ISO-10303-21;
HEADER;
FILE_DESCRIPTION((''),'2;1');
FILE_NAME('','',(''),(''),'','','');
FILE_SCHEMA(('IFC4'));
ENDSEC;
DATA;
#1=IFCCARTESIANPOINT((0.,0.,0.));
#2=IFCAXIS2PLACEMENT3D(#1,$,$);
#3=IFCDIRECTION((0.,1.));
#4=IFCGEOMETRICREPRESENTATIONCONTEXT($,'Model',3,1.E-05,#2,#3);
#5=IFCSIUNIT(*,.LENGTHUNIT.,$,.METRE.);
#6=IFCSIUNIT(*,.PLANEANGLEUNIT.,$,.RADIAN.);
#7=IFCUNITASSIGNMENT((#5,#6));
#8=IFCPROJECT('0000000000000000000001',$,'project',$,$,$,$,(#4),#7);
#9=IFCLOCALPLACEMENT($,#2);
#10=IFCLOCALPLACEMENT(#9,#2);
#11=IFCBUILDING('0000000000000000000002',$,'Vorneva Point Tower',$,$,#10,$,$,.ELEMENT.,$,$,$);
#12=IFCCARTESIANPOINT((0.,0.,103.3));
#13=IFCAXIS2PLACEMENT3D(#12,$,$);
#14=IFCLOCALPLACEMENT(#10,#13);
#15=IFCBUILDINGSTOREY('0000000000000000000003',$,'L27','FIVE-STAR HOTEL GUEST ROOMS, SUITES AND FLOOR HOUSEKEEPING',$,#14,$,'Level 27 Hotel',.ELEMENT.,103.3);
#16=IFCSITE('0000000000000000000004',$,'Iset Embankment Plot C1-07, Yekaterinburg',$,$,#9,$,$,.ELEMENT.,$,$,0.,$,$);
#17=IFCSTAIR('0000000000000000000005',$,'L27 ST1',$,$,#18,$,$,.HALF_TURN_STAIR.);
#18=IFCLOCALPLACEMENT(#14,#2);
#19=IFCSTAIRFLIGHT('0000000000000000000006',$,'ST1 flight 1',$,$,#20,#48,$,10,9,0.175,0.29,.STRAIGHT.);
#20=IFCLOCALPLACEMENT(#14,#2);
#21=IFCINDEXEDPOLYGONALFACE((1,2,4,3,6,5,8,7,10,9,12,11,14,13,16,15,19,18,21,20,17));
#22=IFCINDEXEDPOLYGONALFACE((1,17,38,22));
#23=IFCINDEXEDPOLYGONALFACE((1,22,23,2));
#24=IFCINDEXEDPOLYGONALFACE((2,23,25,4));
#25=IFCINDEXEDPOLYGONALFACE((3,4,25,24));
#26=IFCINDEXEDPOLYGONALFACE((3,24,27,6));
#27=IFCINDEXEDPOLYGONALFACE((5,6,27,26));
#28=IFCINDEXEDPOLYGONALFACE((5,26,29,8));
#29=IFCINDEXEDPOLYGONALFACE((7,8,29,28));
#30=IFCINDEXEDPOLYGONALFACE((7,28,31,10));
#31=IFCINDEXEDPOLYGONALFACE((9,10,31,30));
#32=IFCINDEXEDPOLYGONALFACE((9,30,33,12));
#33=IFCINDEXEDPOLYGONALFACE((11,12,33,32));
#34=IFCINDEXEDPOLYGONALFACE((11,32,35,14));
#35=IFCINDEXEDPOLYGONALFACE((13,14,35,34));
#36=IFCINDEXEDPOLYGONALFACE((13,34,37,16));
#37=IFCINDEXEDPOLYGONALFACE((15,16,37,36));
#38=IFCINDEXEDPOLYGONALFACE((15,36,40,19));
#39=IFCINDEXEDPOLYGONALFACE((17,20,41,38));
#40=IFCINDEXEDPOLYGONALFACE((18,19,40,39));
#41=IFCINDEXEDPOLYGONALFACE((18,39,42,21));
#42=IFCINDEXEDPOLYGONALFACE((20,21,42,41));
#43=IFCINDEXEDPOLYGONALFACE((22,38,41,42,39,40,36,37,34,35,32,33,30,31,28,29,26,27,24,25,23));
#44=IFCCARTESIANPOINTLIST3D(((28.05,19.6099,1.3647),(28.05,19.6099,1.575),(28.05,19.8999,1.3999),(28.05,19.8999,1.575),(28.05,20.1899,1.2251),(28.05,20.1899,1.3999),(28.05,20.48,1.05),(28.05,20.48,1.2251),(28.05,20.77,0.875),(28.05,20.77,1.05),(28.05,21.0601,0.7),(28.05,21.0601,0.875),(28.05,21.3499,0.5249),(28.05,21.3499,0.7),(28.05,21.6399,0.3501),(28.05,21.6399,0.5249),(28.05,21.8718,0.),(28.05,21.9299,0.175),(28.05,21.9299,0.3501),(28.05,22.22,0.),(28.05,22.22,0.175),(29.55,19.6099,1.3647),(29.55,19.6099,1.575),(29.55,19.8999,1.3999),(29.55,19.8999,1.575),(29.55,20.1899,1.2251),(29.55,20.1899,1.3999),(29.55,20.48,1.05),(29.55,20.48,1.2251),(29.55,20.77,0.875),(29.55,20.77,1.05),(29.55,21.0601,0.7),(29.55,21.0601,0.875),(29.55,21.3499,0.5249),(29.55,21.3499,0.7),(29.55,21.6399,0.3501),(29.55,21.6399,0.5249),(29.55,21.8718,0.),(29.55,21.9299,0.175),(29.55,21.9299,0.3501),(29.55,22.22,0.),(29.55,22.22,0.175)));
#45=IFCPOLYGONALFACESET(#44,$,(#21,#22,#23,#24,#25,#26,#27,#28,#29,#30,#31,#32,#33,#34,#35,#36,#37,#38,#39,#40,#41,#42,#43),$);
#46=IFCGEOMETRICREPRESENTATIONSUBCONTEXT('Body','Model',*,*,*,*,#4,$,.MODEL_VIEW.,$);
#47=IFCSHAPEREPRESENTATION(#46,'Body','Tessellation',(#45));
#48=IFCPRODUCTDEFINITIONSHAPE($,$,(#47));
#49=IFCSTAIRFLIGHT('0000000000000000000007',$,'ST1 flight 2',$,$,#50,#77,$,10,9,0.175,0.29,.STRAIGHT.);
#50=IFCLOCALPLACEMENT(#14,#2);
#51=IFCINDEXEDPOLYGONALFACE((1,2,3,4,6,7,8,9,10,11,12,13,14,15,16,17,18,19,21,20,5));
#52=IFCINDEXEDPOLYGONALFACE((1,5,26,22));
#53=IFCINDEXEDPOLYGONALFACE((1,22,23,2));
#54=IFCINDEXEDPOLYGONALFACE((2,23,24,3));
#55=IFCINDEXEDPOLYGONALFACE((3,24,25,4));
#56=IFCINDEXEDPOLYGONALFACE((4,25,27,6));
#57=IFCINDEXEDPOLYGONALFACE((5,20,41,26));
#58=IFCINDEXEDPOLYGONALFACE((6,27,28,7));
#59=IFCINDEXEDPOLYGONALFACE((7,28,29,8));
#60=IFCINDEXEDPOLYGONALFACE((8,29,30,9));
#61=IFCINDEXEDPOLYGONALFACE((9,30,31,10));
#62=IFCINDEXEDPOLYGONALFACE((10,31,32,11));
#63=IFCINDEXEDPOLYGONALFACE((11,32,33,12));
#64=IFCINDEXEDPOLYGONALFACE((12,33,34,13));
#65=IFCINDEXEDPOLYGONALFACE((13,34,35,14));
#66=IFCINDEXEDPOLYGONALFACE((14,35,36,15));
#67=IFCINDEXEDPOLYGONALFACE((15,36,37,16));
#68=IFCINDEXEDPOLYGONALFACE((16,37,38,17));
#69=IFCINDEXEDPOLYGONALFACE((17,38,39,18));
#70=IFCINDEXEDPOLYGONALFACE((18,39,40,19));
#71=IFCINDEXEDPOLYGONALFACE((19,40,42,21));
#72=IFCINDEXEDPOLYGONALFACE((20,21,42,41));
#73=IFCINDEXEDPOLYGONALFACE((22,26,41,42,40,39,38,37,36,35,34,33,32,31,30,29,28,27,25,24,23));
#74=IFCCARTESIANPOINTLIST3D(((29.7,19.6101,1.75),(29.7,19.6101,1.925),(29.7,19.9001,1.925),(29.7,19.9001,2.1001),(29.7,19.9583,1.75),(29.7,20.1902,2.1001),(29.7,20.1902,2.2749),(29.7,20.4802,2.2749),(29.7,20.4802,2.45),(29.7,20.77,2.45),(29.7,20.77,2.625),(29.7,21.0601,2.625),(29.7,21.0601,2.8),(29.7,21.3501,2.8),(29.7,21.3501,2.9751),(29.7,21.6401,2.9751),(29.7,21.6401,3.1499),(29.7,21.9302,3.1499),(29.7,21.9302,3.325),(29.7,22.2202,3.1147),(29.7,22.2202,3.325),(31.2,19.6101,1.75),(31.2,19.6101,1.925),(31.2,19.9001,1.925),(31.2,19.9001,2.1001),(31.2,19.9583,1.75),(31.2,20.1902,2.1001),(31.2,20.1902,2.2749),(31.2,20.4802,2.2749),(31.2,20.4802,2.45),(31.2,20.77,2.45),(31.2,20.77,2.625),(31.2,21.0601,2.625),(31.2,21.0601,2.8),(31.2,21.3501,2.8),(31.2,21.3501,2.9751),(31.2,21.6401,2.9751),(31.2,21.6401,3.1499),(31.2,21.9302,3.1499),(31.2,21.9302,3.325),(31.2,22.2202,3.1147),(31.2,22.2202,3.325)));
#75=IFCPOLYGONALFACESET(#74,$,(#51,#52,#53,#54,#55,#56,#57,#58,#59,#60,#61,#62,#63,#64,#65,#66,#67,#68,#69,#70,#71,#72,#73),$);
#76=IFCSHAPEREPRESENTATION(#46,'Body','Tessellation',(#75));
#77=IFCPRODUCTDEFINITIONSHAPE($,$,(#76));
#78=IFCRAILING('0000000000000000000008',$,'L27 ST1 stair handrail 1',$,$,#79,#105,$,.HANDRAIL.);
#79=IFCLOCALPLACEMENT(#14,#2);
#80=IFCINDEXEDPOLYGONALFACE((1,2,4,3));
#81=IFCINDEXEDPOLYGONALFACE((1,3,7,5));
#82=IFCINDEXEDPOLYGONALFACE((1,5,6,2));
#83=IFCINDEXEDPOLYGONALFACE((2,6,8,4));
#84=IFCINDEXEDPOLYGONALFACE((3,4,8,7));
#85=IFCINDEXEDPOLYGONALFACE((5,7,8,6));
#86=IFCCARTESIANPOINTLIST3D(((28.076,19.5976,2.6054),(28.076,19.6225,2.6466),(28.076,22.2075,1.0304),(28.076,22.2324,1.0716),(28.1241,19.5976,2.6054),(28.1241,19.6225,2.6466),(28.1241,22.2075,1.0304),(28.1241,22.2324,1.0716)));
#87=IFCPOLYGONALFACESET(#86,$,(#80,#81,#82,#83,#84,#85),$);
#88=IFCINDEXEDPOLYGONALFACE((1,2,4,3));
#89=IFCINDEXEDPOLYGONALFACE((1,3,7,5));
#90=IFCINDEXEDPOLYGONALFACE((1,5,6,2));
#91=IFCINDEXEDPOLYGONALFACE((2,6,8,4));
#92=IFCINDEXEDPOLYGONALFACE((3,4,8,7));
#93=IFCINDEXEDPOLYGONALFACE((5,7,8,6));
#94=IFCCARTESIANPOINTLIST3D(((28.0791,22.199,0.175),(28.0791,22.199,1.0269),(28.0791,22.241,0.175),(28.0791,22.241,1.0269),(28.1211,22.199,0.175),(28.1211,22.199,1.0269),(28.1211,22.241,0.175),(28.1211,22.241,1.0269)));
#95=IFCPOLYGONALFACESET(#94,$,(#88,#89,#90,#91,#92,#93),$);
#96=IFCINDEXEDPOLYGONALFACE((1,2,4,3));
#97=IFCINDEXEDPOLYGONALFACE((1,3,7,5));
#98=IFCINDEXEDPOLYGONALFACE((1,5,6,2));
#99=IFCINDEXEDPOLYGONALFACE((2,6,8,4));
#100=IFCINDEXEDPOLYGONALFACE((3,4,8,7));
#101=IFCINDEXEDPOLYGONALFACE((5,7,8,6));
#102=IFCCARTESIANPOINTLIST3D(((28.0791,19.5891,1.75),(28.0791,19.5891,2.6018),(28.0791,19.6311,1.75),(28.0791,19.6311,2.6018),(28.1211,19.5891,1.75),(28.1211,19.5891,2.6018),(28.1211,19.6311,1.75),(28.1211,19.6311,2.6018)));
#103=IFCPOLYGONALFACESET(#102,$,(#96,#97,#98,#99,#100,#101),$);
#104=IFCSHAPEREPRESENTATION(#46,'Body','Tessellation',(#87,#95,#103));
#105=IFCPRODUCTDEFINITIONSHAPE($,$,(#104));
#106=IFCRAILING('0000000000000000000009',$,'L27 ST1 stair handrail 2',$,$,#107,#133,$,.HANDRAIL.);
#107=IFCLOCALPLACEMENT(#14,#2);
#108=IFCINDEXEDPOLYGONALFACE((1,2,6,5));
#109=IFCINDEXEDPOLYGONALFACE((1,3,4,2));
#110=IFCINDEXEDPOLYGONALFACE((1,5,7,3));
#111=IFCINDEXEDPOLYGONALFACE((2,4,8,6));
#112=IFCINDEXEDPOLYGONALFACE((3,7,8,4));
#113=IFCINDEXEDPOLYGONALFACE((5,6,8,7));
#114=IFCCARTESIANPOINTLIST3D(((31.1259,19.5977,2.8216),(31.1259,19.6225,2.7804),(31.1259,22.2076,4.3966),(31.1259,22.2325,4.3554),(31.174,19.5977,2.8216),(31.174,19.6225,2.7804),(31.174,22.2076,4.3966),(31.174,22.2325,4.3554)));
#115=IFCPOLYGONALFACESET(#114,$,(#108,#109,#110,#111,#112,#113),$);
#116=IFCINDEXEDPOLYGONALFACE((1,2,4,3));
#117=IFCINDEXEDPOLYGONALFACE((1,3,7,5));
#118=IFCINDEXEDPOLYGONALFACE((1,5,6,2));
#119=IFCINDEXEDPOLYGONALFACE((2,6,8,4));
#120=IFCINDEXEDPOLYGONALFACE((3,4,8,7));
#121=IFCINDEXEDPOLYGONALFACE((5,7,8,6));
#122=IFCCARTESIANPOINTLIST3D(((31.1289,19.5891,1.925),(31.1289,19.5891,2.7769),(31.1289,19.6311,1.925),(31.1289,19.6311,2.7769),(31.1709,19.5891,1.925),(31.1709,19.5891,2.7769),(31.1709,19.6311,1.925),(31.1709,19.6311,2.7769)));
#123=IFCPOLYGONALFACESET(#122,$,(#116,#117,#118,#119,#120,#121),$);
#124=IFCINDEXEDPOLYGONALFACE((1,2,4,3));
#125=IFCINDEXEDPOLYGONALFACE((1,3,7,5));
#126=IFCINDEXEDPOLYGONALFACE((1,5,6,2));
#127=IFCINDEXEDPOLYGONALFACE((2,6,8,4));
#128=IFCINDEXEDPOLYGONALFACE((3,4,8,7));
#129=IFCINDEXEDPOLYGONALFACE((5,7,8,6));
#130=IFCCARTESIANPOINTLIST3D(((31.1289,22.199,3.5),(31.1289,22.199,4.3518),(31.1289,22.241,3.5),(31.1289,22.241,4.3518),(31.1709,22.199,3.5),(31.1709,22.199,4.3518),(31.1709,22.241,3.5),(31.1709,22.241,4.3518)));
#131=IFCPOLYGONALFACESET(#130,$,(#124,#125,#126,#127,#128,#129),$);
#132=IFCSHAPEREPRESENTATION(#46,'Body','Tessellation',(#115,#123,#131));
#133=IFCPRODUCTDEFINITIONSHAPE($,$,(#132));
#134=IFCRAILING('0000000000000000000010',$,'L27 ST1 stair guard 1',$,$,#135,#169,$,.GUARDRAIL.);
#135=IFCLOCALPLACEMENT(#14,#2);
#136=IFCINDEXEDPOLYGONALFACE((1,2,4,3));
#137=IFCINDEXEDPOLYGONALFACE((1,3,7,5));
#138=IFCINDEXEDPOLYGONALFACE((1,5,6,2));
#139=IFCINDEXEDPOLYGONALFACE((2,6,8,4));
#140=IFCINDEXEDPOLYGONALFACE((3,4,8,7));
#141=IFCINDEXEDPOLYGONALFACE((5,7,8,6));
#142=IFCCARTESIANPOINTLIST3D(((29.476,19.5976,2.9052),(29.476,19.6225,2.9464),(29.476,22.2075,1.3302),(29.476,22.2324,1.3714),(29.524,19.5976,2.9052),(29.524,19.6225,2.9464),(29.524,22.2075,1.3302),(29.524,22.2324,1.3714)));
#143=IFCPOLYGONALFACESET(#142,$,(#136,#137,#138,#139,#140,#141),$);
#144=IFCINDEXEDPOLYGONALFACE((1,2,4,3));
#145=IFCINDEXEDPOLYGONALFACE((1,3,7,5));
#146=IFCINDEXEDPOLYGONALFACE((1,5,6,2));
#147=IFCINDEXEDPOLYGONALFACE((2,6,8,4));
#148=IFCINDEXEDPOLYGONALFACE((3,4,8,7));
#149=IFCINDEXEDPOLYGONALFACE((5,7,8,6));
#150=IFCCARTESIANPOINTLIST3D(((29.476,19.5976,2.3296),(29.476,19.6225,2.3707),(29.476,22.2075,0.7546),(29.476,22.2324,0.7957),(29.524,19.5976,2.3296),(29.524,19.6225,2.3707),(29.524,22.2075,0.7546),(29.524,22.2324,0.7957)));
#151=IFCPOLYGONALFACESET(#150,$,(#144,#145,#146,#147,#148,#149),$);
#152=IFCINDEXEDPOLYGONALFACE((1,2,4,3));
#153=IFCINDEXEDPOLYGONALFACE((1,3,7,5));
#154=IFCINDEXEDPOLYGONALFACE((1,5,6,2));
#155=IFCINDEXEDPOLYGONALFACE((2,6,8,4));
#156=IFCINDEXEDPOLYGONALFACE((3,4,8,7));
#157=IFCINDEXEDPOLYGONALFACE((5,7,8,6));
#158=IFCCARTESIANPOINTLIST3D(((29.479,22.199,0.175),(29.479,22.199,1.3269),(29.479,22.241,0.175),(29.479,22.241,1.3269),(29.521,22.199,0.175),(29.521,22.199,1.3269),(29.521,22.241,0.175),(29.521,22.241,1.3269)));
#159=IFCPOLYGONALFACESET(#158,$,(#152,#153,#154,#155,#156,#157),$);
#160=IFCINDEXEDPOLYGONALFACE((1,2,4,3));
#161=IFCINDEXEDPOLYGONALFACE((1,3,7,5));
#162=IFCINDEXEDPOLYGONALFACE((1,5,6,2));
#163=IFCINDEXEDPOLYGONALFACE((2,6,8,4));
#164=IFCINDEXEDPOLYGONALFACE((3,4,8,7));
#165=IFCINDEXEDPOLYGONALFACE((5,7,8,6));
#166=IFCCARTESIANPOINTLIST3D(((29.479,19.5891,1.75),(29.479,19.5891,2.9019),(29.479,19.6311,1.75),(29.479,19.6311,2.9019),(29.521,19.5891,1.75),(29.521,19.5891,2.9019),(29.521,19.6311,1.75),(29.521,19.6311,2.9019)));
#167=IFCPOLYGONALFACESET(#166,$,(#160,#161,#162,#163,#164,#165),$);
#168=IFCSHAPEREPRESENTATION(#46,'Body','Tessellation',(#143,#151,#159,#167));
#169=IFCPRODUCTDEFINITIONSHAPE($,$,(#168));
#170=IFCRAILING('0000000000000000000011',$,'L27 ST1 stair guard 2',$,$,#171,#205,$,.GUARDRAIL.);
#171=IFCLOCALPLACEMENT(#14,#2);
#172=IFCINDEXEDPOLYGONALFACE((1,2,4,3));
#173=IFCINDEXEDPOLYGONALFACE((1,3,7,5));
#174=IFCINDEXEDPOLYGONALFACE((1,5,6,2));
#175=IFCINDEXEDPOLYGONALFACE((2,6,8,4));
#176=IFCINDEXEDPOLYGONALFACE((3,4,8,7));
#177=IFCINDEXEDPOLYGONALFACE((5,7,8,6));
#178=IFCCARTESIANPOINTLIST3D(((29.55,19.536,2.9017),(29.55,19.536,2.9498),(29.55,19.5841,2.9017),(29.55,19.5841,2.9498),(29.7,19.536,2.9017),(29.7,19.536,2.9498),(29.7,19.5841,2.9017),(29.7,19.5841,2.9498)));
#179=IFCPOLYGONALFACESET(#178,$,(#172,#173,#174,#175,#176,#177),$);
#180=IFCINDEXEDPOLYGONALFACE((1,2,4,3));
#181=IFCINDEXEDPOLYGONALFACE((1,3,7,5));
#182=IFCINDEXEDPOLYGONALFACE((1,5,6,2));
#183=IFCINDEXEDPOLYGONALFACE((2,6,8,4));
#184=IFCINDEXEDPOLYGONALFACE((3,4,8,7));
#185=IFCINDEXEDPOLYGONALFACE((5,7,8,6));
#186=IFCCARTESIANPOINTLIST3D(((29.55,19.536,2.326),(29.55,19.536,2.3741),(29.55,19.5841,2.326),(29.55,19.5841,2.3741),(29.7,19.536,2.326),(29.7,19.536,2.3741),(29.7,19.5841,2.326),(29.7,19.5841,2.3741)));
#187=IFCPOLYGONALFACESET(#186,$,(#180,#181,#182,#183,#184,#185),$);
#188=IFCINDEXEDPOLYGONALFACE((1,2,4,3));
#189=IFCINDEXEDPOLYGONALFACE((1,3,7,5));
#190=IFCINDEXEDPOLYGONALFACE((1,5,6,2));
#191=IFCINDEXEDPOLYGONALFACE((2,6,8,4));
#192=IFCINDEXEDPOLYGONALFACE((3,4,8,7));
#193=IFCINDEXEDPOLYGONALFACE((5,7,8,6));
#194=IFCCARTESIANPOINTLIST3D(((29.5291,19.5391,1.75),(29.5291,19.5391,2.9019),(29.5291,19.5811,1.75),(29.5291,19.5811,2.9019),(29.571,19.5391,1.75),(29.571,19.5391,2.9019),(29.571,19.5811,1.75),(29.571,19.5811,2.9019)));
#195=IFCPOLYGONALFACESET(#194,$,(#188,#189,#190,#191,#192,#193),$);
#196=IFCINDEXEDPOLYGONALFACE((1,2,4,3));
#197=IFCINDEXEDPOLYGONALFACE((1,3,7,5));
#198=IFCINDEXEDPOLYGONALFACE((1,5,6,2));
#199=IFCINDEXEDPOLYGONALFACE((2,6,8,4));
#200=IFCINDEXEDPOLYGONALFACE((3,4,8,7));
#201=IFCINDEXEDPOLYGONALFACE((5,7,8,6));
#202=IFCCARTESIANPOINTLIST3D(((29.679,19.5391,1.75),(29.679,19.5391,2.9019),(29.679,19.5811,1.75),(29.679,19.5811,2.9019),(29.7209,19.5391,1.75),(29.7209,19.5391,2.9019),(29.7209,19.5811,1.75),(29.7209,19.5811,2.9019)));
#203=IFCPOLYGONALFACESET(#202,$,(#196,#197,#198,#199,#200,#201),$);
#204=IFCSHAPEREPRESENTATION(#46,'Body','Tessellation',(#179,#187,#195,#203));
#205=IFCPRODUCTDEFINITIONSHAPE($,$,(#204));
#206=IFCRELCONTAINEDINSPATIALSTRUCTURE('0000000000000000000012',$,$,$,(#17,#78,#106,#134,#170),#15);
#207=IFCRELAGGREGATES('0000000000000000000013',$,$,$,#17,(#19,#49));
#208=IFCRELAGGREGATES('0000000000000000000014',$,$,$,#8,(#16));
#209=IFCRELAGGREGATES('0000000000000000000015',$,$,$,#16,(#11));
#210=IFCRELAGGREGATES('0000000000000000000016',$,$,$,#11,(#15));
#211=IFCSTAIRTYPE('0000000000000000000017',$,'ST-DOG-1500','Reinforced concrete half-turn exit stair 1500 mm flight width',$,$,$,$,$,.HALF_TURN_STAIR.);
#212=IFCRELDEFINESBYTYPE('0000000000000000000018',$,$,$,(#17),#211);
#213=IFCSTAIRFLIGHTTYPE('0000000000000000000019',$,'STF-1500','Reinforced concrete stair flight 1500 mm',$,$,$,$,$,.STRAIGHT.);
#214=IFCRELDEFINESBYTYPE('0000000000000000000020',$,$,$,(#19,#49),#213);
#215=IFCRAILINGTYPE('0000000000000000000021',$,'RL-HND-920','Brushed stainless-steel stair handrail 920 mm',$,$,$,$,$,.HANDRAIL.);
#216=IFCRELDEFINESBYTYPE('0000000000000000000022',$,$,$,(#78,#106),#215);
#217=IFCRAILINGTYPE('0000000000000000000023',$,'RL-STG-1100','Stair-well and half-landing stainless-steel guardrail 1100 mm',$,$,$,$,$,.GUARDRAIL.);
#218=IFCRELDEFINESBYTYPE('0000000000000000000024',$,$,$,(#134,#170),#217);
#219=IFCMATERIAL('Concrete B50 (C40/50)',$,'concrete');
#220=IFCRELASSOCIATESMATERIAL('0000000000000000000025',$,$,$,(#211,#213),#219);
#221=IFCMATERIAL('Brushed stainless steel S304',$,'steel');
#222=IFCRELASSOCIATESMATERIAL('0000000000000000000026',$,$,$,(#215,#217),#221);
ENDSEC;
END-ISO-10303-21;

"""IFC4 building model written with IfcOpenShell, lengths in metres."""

from ifc_helpers import new_model, si_unit, direction, frame, origin, origin_2d, place, context, subcontext, project, spatial, polyline, rectangle, outline, extrude, material, type_object, element, aggregate, save


model = new_model("IFC4")

# Units and contexts
model_context = context("Model", 3, precision=1e-05, world=origin(), true_north=direction((0.0, 1.0)))
body_context = subcontext(model_context, "Body", "Model", "MODEL_VIEW")
ifc_project = project(units=[si_unit("LENGTHUNIT", "METRE"), si_unit("PLANEANGLEUNIT", "RADIAN")], contexts=[model_context])

# Site, building, storey
site_placement = place(None, origin())
site = spatial("IfcSite", under=ifc_project, at=site_placement, Name="Iset Embankment Plot C1-07, Yekaterinburg", CompositionType="ELEMENT", RefElevation=0.0)
building_placement = place(site_placement, origin())
building = spatial("IfcBuilding", under=site, at=building_placement, Name="Vorneva Point Tower", CompositionType="ELEMENT")
storey_placement = place(building_placement, frame((0.0, 0.0, 103.3)))
storey = spatial("IfcBuildingStorey", under=building, at=storey_placement, Name="L27", Description="FIVE-STAR HOTEL GUEST ROOMS, SUITES AND FLOOR HOUSEKEEPING", LongName="Level 27 Hotel", CompositionType="ELEMENT", Elevation=103.3)

# Shared definitions
ifc_material_1 = material(Name="Concrete B50 (C40/50)", Category="concrete")

# Stair, stair flights
stair_type = type_object("IfcStairType", Name="ST-DOG-1500", Description="Reinforced concrete half-turn exit stair 1500 mm flight width", PredefinedType="HALF_TURN_STAIR", material=ifc_material_1)
stair_placement = place(storey_placement, origin())
stair = element("IfcStair", 1, at=stair_placement, inside=storey, type_object=stair_type, Name="L27 ST1", PredefinedType="HALF_TURN_STAIR")
stair_flight_type = type_object("IfcStairFlightType", Name="STF-1500", Description="Reinforced concrete stair flight 1500 mm", PredefinedType="STRAIGHT", material=ifc_material_1)
stair_flight_1_placement = place(storey_placement, frame((28.8, 22.22, 0.0), z_axis=(0.0, 0.0, 1.0), x_axis=(0.0, -1.0, 0.0)))
stair_flight_1 = element("IfcStairFlight", 2, at=stair_flight_1_placement, type_object=stair_flight_type, Name="ST1 flight 1", NumberOfRisers=10, NumberOfTreads=9, PredefinedType="STRAIGHT", RiserHeight=0.175, TreadLength=0.29, context=body_context, shape_type="SweptSolid", body=[
    extrude(outline(polyline([(0.0, 0.0), (0.0, 0.175), (0.29, 0.175), (0.29, 0.3501), (0.5801, 0.3501), (0.5801, 0.5249), (0.8701, 0.5249), (0.8701, 0.7), (1.1599, 0.7), (1.1599, 0.875), (1.45, 0.875), (1.45, 1.05), (1.74, 1.05), (1.74, 1.2251), (2.03, 1.2251), (2.03, 1.3999), (2.3201, 1.3999), (2.3201, 1.575), (2.6101, 1.575), (2.6101, 1.75), (2.6101, 1.3647), (0.3481, 0.0), (0.0, 0.0)])), frame((0.0, 0.75, 0.0), z_axis=(0.0, -1.0, 0.0), x_axis=(1.0, 0.0, 0.0)), (0.0, 0.0, 1.0), 1.5),
])
stair_flight_2_placement = place(storey_placement, frame((30.45, 19.6101, 1.75), z_axis=(0.0, 0.0, 1.0), x_axis=(0.0, 1.0, 0.0)))
stair_flight_2 = element("IfcStairFlight", 3, at=stair_flight_2_placement, type_object=stair_flight_type, Name="ST1 flight 2", NumberOfRisers=10, NumberOfTreads=9, PredefinedType="STRAIGHT", RiserHeight=0.175, TreadLength=0.29, context=body_context, shape_type="SweptSolid", body=[
    extrude(outline(polyline([(0.0, 0.0), (0.0, 0.175), (0.29, 0.175), (0.29, 0.3501), (0.5801, 0.3501), (0.5801, 0.5249), (0.8701, 0.5249), (0.8701, 0.7), (1.1599, 0.7), (1.1599, 0.875), (1.45, 0.875), (1.45, 1.05), (1.74, 1.05), (1.74, 1.2251), (2.03, 1.2251), (2.03, 1.3999), (2.3201, 1.3999), (2.3201, 1.575), (2.6101, 1.575), (2.6101, 1.75), (2.6101, 1.3647), (0.3481, 0.0), (0.0, 0.0)])), frame((0.0, 0.75, 0.0), z_axis=(0.0, -1.0, 0.0), x_axis=(1.0, 0.0, 0.0)), (0.0, 0.0, 1.0), 1.5),
])
aggregate(stair, [stair_flight_1, stair_flight_2])

# Railings
ifc_material_2 = material(Name="Brushed stainless steel S304", Category="steel")
railing_type_1 = type_object("IfcRailingType", Name="RL-HND-920", Description="Brushed stainless-steel stair handrail 920 mm", PredefinedType="HANDRAIL", material=ifc_material_2)
railing_1_placement = place(storey_placement, frame((28.1001, 22.22, 0.175)))
element("IfcRailing", 4, at=railing_1_placement, inside=storey, type_object=railing_type_1, Name="L27 ST1 stair handrail 1", PredefinedType="HANDRAIL", context=body_context, shape_type="SweptSolid", body=[
    extrude(rectangle(XDim=0.0481, YDim=0.0481, at=origin_2d()), frame((0.0, 0.0, 0.876), z_axis=(0.0, -0.856183, 0.516673), x_axis=(1.0, 0.0, 0.0)), (0.0, 0.0, 1.0), 3.0483),
    extrude(rectangle(XDim=0.042, YDim=0.042, at=origin_2d()), origin(), (0.0, 0.0, 1.0), 0.8518),
    extrude(rectangle(XDim=0.042, YDim=0.042, at=origin_2d()), frame((0.0, -2.6099, 1.575)), (0.0, 0.0, 1.0), 0.8518),
])
railing_2_placement = place(storey_placement, frame((31.1499, 19.6101, 1.925)))
element("IfcRailing", 5, at=railing_2_placement, inside=storey, type_object=railing_type_1, Name="L27 ST1 stair handrail 2", PredefinedType="HANDRAIL", context=body_context, shape_type="SweptSolid", body=[
    extrude(rectangle(XDim=0.0481, YDim=0.0481, at=origin_2d()), frame((0.0, 0.0, 0.876), z_axis=(0.0, 0.856183, 0.516673), x_axis=(-1.0, 0.0, 0.0)), (0.0, 0.0, 1.0), 3.0483),
    extrude(rectangle(XDim=0.042, YDim=0.042, at=origin_2d()), origin(), (0.0, 0.0, 1.0), 0.8518),
    extrude(rectangle(XDim=0.042, YDim=0.042, at=origin_2d()), frame((0.0, 2.6099, 1.575)), (0.0, 0.0, 1.0), 0.8518),
])
railing_type_2 = type_object("IfcRailingType", Name="RL-STG-1100", Description="Stair-well and half-landing stainless-steel guardrail 1100 mm", PredefinedType="GUARDRAIL", material=ifc_material_2)
railing_3_placement = place(storey_placement, frame((29.5, 22.22, 0.175)))
element("IfcRailing", 6, at=railing_3_placement, inside=storey, type_object=railing_type_2, Name="L27 ST1 stair guard 1", PredefinedType="GUARDRAIL", context=body_context, shape_type="SweptSolid", body=[
    extrude(rectangle(XDim=0.0481, YDim=0.0481, at=origin_2d()), frame((0.0, 0.0, 1.1758), z_axis=(0.0, -0.856183, 0.516673), x_axis=(1.0, 0.0, 0.0)), (0.0, 0.0, 1.0), 3.0483),
    extrude(rectangle(XDim=0.0481, YDim=0.0481, at=origin_2d()), frame((0.0, 0.0, 0.6001), z_axis=(0.0, -0.856183, 0.516673), x_axis=(1.0, 0.0, 0.0)), (0.0, 0.0, 1.0), 3.0483),
    extrude(rectangle(XDim=0.042, YDim=0.042, at=origin_2d()), origin(), (0.0, 0.0, 1.0), 1.1519),
    extrude(rectangle(XDim=0.042, YDim=0.042, at=origin_2d()), frame((0.0, -2.6099, 1.575)), (0.0, 0.0, 1.0), 1.1519),
])
railing_4_placement = place(storey_placement, frame((29.55, 19.5601, 1.75)))
element("IfcRailing", 7, at=railing_4_placement, inside=storey, type_object=railing_type_2, Name="L27 ST1 stair guard 2", PredefinedType="GUARDRAIL", context=body_context, shape_type="SweptSolid", body=[
    extrude(rectangle(XDim=0.0481, YDim=0.0481, at=origin_2d()), frame((0.0, 0.0, 1.1758), z_axis=(1.0, 0.0, 0.0), x_axis=(0.0, 1.0, 0.0)), (0.0, 0.0, 1.0), 0.1499),
    extrude(rectangle(XDim=0.0481, YDim=0.0481, at=origin_2d()), frame((0.0, 0.0, 0.6001), z_axis=(1.0, 0.0, 0.0), x_axis=(0.0, 1.0, 0.0)), (0.0, 0.0, 1.0), 0.1499),
    extrude(rectangle(XDim=0.042, YDim=0.042, at=origin_2d()), origin(), (0.0, 0.0, 1.0), 1.1519),
    extrude(rectangle(XDim=0.042, YDim=0.042, at=origin_2d()), frame((0.1499, 0.0, 0.0)), (0.0, 0.0, 1.0), 1.1519),
])

save(model, "model.ifc")
